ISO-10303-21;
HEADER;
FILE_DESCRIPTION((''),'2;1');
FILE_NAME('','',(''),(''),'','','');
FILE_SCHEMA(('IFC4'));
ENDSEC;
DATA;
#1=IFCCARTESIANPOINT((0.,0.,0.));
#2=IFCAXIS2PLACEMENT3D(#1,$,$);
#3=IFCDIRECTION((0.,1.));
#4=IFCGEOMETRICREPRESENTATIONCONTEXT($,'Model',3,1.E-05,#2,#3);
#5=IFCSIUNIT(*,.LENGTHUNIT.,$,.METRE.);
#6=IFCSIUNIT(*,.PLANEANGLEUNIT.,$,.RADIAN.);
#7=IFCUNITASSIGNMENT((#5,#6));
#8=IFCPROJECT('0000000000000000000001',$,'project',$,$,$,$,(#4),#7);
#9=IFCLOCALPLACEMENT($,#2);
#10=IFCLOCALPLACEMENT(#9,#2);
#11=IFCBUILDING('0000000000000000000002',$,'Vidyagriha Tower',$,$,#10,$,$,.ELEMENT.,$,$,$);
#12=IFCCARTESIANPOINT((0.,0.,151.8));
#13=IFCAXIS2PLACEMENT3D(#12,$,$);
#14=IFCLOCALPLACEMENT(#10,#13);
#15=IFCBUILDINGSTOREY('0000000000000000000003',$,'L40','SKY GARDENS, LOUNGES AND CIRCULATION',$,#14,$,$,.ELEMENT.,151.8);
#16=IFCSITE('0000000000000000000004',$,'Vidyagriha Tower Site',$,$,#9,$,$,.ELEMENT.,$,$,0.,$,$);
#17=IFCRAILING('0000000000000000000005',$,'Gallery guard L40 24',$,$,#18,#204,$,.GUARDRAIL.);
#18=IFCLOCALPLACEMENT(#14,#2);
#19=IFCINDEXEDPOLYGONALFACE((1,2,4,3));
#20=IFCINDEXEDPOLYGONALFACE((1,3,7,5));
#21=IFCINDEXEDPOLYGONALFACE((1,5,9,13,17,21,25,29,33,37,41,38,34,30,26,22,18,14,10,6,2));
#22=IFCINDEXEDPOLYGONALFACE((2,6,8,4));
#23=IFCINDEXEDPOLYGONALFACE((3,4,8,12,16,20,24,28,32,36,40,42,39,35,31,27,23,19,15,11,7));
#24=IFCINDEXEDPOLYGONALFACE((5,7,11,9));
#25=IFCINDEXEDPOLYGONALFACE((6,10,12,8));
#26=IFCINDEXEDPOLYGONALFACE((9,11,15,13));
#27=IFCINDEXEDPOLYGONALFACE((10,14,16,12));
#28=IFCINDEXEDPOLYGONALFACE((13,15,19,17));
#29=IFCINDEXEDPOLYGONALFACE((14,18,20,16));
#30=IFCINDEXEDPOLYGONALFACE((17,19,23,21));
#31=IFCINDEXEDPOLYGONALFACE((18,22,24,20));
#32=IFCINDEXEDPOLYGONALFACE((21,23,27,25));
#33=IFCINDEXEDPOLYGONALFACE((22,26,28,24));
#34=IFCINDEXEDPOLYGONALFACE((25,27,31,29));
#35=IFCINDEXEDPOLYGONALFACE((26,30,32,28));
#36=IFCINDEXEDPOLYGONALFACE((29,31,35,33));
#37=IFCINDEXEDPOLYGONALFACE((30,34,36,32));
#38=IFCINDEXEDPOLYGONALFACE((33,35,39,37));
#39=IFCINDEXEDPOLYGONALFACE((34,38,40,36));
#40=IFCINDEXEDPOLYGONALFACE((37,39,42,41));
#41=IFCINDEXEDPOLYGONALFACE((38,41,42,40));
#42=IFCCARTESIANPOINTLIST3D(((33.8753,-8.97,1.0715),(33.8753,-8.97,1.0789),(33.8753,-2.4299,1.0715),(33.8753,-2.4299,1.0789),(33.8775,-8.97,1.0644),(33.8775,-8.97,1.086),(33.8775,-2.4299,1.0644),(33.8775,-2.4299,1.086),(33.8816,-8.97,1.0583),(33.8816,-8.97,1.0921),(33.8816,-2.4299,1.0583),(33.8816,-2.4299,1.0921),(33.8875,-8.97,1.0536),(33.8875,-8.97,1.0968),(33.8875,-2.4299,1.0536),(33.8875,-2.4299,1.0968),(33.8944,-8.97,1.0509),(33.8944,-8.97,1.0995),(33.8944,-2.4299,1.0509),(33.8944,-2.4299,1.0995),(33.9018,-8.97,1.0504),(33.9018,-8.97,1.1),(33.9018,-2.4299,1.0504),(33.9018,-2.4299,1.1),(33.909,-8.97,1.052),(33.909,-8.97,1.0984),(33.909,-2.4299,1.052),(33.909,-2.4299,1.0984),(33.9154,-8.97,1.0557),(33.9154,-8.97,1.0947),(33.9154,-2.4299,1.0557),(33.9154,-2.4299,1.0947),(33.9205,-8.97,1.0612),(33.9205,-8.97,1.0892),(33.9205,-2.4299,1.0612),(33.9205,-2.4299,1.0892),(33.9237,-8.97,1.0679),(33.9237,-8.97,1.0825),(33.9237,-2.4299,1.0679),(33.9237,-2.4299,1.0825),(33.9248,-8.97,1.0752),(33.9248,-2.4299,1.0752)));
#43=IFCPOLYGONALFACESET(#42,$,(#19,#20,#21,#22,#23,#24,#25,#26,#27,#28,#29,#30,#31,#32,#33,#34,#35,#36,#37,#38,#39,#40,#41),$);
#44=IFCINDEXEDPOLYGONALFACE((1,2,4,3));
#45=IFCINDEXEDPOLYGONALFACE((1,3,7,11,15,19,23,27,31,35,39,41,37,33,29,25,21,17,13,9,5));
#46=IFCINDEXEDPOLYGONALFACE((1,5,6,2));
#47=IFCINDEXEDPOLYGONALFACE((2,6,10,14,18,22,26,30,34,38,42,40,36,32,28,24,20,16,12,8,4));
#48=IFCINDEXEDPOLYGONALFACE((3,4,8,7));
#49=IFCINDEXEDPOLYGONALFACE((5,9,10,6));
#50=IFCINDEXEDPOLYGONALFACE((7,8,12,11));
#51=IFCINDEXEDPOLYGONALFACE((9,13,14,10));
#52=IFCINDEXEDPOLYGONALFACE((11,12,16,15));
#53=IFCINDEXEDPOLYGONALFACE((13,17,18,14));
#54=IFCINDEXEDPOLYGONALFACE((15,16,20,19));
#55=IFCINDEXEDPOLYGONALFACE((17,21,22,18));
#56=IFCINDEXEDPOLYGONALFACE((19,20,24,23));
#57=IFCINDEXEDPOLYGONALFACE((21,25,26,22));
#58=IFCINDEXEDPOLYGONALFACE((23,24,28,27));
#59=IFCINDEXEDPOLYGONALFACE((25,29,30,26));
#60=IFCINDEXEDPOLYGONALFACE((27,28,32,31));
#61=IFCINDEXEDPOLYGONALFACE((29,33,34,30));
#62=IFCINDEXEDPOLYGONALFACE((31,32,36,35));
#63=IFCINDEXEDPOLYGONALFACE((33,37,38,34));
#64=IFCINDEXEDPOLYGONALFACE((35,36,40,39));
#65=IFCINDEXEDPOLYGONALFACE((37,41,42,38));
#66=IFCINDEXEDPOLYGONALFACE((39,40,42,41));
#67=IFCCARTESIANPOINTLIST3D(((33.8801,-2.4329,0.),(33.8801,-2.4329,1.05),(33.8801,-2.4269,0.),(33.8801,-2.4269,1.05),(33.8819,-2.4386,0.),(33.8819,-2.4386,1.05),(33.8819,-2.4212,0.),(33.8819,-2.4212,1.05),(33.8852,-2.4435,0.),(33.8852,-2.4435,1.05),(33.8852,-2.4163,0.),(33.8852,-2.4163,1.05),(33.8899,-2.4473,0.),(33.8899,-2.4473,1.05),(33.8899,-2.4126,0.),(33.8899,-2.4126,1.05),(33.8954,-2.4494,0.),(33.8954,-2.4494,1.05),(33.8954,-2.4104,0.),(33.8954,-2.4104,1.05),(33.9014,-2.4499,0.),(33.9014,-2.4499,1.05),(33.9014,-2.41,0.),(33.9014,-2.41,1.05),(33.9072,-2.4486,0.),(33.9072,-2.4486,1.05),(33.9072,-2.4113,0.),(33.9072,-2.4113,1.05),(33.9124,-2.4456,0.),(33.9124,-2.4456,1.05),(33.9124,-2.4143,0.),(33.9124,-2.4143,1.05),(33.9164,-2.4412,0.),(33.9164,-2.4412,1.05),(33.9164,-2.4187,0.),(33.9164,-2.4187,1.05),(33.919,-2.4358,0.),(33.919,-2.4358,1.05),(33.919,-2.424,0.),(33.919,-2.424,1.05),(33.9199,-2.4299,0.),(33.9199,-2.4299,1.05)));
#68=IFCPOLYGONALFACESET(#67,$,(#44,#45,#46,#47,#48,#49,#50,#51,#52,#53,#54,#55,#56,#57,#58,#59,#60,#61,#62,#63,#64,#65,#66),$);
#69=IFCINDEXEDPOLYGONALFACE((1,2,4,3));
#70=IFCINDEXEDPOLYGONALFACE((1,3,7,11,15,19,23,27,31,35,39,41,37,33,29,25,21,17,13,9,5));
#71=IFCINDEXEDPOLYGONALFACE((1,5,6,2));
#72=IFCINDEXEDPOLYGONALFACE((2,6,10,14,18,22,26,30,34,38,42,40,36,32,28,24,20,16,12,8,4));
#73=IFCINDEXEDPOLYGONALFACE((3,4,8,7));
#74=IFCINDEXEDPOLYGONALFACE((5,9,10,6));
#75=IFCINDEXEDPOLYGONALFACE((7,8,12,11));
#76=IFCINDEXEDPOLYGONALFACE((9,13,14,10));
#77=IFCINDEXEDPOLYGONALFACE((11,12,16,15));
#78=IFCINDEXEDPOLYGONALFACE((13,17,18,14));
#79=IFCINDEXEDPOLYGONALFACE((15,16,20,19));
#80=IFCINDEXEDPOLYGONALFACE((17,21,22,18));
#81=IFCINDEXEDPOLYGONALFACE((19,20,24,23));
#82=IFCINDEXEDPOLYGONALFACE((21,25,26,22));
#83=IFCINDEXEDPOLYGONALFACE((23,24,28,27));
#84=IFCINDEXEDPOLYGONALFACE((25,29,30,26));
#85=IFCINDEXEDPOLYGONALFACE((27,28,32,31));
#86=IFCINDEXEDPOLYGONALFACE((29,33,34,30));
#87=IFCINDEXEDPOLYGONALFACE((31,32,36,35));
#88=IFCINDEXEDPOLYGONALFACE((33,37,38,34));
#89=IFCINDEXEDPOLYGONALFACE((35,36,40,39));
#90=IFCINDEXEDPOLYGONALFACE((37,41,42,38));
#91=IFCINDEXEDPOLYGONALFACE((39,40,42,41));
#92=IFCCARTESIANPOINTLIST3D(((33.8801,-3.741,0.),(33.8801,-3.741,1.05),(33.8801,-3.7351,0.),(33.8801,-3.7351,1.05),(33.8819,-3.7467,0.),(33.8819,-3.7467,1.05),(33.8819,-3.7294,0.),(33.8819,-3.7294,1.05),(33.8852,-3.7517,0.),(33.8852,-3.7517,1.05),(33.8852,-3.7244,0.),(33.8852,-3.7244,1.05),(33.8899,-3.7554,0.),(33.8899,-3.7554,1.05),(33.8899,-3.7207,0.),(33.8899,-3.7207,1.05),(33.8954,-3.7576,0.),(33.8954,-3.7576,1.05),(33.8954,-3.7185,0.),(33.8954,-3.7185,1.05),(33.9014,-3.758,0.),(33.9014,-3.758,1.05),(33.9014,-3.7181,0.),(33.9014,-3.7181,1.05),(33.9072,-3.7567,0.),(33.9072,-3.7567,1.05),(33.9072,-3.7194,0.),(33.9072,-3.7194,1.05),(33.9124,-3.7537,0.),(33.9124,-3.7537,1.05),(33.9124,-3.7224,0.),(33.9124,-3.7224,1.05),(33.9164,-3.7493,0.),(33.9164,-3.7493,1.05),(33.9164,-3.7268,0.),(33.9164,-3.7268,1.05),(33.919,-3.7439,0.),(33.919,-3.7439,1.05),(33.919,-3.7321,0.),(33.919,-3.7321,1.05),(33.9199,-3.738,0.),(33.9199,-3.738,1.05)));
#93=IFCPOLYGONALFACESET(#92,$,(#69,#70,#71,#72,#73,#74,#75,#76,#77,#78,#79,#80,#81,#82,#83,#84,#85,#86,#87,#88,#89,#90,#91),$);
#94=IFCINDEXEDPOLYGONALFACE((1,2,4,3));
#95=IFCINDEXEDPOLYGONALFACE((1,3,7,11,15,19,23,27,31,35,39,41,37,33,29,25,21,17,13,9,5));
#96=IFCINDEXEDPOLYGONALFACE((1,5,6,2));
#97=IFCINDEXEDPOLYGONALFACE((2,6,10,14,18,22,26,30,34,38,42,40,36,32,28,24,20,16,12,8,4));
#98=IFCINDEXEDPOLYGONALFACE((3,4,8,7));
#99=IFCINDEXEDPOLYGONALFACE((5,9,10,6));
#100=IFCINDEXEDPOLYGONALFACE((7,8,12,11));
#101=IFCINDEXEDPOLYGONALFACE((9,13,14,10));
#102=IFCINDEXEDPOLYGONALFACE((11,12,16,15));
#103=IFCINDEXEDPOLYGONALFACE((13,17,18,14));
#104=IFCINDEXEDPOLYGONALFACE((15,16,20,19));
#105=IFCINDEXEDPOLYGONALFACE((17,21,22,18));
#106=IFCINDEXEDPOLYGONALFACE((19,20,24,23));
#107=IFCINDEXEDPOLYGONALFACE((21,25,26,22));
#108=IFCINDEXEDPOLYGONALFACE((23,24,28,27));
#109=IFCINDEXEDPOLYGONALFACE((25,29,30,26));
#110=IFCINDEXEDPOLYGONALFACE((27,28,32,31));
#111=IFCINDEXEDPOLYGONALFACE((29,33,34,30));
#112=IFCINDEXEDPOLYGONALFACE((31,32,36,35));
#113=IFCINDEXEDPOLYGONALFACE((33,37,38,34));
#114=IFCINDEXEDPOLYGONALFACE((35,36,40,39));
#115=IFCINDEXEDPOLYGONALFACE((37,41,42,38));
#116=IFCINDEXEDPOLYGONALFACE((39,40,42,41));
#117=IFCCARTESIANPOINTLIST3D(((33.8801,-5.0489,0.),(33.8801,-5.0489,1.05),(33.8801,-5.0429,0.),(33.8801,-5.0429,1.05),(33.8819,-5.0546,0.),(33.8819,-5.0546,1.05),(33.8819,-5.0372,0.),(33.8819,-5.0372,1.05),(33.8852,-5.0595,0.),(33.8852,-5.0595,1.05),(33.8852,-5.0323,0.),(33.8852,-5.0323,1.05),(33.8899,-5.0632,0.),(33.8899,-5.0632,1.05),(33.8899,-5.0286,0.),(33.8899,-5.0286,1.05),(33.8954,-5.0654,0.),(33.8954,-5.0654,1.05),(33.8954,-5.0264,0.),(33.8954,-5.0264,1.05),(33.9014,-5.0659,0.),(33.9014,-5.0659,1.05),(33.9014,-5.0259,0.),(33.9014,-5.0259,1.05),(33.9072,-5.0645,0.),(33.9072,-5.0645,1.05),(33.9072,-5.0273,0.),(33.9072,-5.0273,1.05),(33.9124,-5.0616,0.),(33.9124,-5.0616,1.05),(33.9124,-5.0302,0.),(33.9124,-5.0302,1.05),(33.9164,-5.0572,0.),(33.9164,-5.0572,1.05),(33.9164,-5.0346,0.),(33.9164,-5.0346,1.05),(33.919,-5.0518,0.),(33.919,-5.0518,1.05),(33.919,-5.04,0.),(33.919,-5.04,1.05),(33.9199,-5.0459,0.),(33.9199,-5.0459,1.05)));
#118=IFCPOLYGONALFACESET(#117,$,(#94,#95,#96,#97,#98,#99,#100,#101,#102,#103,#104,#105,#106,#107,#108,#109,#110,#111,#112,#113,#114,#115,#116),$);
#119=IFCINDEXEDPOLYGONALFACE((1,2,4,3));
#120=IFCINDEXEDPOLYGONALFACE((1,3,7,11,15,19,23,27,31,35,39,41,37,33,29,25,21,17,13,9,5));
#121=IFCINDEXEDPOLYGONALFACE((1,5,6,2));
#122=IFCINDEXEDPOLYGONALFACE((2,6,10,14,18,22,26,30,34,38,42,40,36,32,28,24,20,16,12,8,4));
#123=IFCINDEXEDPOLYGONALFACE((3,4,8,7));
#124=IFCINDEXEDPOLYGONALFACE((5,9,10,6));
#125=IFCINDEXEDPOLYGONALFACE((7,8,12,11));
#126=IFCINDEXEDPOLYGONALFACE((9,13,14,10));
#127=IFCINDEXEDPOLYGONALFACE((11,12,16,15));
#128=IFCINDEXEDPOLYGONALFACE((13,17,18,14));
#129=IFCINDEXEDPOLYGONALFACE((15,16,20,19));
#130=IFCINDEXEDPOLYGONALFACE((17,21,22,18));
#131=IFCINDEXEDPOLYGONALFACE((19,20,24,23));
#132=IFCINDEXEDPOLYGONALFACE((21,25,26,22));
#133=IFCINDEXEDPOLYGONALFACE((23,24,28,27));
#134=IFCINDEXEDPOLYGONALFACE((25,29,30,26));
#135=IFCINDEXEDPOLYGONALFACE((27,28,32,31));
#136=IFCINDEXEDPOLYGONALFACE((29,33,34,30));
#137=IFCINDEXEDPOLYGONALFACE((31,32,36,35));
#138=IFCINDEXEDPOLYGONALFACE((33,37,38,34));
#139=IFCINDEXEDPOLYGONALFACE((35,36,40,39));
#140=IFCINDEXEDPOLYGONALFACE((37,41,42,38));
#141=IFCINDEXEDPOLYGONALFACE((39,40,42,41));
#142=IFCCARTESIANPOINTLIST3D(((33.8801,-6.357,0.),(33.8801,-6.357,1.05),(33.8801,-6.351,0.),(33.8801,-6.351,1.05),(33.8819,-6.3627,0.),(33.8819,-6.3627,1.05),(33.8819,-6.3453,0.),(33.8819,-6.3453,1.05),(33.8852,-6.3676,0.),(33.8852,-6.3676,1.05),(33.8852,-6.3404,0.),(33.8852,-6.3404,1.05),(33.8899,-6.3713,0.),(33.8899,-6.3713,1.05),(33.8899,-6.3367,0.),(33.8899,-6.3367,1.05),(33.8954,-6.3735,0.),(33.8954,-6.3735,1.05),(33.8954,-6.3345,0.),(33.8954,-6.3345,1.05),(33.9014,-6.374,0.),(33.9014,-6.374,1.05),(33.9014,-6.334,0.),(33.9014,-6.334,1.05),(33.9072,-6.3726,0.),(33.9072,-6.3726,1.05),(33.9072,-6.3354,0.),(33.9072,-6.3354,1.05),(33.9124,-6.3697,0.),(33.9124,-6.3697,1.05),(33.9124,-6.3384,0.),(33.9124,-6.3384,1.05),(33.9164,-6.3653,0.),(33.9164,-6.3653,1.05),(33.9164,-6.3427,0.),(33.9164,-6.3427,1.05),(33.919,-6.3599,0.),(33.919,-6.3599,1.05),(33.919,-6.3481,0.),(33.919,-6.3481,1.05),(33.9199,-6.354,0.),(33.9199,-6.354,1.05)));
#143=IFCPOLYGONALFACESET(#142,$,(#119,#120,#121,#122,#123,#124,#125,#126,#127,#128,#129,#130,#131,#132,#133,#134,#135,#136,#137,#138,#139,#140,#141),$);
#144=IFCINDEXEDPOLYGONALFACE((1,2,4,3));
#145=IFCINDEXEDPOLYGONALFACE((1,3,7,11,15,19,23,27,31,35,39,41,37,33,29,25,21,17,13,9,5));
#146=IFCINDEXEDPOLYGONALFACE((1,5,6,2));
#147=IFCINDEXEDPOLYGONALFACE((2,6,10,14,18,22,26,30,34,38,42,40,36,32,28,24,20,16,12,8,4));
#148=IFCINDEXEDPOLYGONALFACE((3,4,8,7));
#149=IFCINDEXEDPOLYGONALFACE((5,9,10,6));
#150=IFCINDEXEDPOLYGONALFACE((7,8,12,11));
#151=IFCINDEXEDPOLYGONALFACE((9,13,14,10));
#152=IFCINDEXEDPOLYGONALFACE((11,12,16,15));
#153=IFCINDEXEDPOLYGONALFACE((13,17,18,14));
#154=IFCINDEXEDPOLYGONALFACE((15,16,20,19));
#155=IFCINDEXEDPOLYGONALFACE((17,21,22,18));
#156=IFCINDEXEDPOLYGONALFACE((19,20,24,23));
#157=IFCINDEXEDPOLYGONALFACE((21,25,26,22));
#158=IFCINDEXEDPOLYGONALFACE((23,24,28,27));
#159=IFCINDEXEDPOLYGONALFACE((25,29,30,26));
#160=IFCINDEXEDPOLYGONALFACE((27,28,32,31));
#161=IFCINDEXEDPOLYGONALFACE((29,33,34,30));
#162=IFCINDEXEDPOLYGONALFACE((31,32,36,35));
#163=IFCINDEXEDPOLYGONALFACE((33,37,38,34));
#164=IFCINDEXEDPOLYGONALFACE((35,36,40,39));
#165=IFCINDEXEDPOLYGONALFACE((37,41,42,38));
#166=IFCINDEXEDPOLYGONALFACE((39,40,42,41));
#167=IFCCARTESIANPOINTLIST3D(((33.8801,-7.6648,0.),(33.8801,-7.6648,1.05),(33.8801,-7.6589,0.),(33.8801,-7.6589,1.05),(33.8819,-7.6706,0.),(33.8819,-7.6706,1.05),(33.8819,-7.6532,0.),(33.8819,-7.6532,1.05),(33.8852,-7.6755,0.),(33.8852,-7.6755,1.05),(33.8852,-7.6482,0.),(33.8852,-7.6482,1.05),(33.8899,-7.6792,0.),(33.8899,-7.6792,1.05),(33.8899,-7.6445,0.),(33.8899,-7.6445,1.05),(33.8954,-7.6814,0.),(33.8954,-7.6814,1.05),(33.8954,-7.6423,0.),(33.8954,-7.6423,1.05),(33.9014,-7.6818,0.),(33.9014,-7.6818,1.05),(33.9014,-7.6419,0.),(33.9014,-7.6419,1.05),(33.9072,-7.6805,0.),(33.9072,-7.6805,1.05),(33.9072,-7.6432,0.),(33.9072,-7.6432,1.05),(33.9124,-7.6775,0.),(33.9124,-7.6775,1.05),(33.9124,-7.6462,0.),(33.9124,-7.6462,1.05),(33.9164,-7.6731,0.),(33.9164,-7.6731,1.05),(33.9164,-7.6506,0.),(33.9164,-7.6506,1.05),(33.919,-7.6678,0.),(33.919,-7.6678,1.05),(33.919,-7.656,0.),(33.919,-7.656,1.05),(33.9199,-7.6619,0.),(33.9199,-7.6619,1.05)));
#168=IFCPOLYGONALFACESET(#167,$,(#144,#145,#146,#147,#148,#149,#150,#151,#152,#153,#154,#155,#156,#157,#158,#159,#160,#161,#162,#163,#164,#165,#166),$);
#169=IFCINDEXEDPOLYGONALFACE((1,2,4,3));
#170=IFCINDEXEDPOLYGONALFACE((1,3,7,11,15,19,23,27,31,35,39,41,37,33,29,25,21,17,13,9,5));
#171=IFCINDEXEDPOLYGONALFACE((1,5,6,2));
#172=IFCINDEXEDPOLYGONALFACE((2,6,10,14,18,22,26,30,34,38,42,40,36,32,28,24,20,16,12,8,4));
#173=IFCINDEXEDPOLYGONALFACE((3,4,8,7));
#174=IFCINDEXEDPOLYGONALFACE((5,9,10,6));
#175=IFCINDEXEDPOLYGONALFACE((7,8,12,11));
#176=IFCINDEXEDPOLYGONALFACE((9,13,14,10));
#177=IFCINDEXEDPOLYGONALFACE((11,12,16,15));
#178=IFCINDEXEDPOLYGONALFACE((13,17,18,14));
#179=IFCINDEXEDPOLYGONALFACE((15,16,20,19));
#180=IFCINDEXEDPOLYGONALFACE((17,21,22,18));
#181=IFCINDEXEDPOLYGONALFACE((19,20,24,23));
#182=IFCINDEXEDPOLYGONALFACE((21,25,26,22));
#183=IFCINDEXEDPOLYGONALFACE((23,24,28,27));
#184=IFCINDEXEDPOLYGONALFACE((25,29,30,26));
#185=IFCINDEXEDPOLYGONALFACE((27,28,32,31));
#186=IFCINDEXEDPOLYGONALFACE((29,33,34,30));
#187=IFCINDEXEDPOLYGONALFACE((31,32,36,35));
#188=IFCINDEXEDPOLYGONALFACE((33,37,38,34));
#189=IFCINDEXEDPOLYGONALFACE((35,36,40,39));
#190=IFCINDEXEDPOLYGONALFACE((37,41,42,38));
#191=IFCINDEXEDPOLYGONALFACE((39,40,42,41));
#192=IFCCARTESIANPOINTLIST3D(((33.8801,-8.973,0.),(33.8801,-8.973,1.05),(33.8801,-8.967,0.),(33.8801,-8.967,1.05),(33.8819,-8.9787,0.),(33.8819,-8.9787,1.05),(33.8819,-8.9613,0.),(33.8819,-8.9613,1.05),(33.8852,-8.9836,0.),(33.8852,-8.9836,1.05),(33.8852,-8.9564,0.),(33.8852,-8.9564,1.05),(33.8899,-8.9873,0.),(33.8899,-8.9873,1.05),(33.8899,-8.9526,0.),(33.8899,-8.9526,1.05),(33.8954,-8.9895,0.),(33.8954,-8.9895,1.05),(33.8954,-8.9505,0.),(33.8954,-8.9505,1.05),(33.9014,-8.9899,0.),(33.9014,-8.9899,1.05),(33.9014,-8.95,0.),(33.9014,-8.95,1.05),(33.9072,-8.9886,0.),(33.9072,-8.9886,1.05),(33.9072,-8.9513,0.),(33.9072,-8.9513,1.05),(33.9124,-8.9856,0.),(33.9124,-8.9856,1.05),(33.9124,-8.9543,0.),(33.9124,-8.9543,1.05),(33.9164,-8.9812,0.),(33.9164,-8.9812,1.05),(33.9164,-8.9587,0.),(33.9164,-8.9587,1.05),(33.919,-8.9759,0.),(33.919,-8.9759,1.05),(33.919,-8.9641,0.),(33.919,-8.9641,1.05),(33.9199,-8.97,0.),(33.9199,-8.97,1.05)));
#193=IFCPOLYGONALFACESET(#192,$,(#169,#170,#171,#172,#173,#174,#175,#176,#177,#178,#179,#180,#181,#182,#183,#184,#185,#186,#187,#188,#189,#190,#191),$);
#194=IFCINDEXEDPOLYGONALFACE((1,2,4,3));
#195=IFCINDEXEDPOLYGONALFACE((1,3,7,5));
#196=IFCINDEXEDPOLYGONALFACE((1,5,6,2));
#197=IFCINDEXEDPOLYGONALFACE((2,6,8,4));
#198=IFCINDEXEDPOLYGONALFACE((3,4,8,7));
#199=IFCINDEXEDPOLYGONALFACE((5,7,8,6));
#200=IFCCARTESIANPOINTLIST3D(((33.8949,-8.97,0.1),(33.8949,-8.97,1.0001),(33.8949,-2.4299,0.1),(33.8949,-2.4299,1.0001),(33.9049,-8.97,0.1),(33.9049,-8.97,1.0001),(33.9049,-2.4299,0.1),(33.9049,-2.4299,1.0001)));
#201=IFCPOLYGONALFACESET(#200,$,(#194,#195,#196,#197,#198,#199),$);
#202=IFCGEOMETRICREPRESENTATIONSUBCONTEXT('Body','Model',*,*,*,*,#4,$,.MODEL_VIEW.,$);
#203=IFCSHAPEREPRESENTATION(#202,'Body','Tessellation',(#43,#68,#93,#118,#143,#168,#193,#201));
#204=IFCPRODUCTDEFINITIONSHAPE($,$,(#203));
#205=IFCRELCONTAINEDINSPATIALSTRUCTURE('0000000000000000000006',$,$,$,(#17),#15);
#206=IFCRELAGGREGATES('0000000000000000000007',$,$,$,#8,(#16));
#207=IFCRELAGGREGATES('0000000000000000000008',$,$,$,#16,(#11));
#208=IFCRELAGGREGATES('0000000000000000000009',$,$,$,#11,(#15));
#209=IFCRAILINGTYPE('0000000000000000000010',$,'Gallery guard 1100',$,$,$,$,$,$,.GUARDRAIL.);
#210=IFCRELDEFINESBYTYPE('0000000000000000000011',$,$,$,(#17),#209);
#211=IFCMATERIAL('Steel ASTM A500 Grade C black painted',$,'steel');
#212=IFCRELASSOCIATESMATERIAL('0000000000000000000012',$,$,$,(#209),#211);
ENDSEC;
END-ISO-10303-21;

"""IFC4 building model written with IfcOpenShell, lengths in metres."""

from ifc_helpers import new_model, si_unit, direction, frame, origin, origin_2d, place, context, subcontext, project, spatial, rectangle, circle, extrude, material, type_object, element, save


model = new_model("IFC4")

# Units and contexts
model_context = context("Model", 3, precision=1e-05, world=origin(), true_north=direction((0.0, 1.0)))
body_context = subcontext(model_context, "Body", "Model", "MODEL_VIEW")
ifc_project = project(units=[si_unit("LENGTHUNIT", "METRE"), si_unit("PLANEANGLEUNIT", "RADIAN")], contexts=[model_context])

# Site, building, storey
site_placement = place(None, origin())
site = spatial("IfcSite", under=ifc_project, at=site_placement, Name="Vidyagriha Tower Site", CompositionType="ELEMENT", RefElevation=0.0)
building_placement = place(site_placement, origin())
building = spatial("IfcBuilding", under=site, at=building_placement, Name="Vidyagriha Tower", CompositionType="ELEMENT")
storey_placement = place(building_placement, frame((0.0, 0.0, 151.8)))
storey = spatial("IfcBuildingStorey", under=building, at=storey_placement, Name="L40", Description="SKY GARDENS, LOUNGES AND CIRCULATION", CompositionType="ELEMENT", Elevation=151.8)

# Railing
ifc_material_1 = material(Name="Steel ASTM A500 Grade C black painted", Category="steel")
railing_type = type_object("IfcRailingType", Name="Gallery guard 1100", PredefinedType="GUARDRAIL", material=ifc_material_1)
railing_1_placement = place(storey_placement, frame((33.8999, -2.4299, 0.0)))
element("IfcRailing", 1, at=railing_1_placement, inside=storey, type_object=railing_type, Name="Gallery guard L40 24", PredefinedType="GUARDRAIL", context=body_context, shape_type="SweptSolid", body=[
    extrude(circle(Radius=0.0249, at=origin_2d()), frame((0.0, 0.0, 1.0752), z_axis=(0.0, -1.0, 0.0), x_axis=(1.0, 0.0, 0.0)), (0.0, 0.0, 1.0), 6.54),
    extrude(circle(Radius=0.02, at=origin_2d()), origin(), (0.0, 0.0, 1.0), 1.05),
    extrude(circle(Radius=0.02, at=origin_2d()), frame((0.0, -1.3081, 0.0)), (0.0, 0.0, 1.0), 1.05),
    extrude(circle(Radius=0.02, at=origin_2d()), frame((0.0, -2.616, 0.0)), (0.0, 0.0, 1.0), 1.05),
    extrude(circle(Radius=0.02, at=origin_2d()), frame((0.0, -3.9241, 0.0)), (0.0, 0.0, 1.0), 1.05),
    extrude(circle(Radius=0.02, at=origin_2d()), frame((0.0, -5.2319, 0.0)), (0.0, 0.0, 1.0), 1.05),
    extrude(circle(Radius=0.02, at=origin_2d()), frame((0.0, -6.54, 0.0)), (0.0, 0.0, 1.0), 1.05),
    extrude(rectangle(XDim=0.01, YDim=0.9001, at=origin_2d()), frame((0.0, 0.0, 0.55), z_axis=(0.0, -1.0, 0.0), x_axis=(1.0, 0.0, 0.0)), (0.0, 0.0, 1.0), 6.54),
])

save(model, "model.ifc")
